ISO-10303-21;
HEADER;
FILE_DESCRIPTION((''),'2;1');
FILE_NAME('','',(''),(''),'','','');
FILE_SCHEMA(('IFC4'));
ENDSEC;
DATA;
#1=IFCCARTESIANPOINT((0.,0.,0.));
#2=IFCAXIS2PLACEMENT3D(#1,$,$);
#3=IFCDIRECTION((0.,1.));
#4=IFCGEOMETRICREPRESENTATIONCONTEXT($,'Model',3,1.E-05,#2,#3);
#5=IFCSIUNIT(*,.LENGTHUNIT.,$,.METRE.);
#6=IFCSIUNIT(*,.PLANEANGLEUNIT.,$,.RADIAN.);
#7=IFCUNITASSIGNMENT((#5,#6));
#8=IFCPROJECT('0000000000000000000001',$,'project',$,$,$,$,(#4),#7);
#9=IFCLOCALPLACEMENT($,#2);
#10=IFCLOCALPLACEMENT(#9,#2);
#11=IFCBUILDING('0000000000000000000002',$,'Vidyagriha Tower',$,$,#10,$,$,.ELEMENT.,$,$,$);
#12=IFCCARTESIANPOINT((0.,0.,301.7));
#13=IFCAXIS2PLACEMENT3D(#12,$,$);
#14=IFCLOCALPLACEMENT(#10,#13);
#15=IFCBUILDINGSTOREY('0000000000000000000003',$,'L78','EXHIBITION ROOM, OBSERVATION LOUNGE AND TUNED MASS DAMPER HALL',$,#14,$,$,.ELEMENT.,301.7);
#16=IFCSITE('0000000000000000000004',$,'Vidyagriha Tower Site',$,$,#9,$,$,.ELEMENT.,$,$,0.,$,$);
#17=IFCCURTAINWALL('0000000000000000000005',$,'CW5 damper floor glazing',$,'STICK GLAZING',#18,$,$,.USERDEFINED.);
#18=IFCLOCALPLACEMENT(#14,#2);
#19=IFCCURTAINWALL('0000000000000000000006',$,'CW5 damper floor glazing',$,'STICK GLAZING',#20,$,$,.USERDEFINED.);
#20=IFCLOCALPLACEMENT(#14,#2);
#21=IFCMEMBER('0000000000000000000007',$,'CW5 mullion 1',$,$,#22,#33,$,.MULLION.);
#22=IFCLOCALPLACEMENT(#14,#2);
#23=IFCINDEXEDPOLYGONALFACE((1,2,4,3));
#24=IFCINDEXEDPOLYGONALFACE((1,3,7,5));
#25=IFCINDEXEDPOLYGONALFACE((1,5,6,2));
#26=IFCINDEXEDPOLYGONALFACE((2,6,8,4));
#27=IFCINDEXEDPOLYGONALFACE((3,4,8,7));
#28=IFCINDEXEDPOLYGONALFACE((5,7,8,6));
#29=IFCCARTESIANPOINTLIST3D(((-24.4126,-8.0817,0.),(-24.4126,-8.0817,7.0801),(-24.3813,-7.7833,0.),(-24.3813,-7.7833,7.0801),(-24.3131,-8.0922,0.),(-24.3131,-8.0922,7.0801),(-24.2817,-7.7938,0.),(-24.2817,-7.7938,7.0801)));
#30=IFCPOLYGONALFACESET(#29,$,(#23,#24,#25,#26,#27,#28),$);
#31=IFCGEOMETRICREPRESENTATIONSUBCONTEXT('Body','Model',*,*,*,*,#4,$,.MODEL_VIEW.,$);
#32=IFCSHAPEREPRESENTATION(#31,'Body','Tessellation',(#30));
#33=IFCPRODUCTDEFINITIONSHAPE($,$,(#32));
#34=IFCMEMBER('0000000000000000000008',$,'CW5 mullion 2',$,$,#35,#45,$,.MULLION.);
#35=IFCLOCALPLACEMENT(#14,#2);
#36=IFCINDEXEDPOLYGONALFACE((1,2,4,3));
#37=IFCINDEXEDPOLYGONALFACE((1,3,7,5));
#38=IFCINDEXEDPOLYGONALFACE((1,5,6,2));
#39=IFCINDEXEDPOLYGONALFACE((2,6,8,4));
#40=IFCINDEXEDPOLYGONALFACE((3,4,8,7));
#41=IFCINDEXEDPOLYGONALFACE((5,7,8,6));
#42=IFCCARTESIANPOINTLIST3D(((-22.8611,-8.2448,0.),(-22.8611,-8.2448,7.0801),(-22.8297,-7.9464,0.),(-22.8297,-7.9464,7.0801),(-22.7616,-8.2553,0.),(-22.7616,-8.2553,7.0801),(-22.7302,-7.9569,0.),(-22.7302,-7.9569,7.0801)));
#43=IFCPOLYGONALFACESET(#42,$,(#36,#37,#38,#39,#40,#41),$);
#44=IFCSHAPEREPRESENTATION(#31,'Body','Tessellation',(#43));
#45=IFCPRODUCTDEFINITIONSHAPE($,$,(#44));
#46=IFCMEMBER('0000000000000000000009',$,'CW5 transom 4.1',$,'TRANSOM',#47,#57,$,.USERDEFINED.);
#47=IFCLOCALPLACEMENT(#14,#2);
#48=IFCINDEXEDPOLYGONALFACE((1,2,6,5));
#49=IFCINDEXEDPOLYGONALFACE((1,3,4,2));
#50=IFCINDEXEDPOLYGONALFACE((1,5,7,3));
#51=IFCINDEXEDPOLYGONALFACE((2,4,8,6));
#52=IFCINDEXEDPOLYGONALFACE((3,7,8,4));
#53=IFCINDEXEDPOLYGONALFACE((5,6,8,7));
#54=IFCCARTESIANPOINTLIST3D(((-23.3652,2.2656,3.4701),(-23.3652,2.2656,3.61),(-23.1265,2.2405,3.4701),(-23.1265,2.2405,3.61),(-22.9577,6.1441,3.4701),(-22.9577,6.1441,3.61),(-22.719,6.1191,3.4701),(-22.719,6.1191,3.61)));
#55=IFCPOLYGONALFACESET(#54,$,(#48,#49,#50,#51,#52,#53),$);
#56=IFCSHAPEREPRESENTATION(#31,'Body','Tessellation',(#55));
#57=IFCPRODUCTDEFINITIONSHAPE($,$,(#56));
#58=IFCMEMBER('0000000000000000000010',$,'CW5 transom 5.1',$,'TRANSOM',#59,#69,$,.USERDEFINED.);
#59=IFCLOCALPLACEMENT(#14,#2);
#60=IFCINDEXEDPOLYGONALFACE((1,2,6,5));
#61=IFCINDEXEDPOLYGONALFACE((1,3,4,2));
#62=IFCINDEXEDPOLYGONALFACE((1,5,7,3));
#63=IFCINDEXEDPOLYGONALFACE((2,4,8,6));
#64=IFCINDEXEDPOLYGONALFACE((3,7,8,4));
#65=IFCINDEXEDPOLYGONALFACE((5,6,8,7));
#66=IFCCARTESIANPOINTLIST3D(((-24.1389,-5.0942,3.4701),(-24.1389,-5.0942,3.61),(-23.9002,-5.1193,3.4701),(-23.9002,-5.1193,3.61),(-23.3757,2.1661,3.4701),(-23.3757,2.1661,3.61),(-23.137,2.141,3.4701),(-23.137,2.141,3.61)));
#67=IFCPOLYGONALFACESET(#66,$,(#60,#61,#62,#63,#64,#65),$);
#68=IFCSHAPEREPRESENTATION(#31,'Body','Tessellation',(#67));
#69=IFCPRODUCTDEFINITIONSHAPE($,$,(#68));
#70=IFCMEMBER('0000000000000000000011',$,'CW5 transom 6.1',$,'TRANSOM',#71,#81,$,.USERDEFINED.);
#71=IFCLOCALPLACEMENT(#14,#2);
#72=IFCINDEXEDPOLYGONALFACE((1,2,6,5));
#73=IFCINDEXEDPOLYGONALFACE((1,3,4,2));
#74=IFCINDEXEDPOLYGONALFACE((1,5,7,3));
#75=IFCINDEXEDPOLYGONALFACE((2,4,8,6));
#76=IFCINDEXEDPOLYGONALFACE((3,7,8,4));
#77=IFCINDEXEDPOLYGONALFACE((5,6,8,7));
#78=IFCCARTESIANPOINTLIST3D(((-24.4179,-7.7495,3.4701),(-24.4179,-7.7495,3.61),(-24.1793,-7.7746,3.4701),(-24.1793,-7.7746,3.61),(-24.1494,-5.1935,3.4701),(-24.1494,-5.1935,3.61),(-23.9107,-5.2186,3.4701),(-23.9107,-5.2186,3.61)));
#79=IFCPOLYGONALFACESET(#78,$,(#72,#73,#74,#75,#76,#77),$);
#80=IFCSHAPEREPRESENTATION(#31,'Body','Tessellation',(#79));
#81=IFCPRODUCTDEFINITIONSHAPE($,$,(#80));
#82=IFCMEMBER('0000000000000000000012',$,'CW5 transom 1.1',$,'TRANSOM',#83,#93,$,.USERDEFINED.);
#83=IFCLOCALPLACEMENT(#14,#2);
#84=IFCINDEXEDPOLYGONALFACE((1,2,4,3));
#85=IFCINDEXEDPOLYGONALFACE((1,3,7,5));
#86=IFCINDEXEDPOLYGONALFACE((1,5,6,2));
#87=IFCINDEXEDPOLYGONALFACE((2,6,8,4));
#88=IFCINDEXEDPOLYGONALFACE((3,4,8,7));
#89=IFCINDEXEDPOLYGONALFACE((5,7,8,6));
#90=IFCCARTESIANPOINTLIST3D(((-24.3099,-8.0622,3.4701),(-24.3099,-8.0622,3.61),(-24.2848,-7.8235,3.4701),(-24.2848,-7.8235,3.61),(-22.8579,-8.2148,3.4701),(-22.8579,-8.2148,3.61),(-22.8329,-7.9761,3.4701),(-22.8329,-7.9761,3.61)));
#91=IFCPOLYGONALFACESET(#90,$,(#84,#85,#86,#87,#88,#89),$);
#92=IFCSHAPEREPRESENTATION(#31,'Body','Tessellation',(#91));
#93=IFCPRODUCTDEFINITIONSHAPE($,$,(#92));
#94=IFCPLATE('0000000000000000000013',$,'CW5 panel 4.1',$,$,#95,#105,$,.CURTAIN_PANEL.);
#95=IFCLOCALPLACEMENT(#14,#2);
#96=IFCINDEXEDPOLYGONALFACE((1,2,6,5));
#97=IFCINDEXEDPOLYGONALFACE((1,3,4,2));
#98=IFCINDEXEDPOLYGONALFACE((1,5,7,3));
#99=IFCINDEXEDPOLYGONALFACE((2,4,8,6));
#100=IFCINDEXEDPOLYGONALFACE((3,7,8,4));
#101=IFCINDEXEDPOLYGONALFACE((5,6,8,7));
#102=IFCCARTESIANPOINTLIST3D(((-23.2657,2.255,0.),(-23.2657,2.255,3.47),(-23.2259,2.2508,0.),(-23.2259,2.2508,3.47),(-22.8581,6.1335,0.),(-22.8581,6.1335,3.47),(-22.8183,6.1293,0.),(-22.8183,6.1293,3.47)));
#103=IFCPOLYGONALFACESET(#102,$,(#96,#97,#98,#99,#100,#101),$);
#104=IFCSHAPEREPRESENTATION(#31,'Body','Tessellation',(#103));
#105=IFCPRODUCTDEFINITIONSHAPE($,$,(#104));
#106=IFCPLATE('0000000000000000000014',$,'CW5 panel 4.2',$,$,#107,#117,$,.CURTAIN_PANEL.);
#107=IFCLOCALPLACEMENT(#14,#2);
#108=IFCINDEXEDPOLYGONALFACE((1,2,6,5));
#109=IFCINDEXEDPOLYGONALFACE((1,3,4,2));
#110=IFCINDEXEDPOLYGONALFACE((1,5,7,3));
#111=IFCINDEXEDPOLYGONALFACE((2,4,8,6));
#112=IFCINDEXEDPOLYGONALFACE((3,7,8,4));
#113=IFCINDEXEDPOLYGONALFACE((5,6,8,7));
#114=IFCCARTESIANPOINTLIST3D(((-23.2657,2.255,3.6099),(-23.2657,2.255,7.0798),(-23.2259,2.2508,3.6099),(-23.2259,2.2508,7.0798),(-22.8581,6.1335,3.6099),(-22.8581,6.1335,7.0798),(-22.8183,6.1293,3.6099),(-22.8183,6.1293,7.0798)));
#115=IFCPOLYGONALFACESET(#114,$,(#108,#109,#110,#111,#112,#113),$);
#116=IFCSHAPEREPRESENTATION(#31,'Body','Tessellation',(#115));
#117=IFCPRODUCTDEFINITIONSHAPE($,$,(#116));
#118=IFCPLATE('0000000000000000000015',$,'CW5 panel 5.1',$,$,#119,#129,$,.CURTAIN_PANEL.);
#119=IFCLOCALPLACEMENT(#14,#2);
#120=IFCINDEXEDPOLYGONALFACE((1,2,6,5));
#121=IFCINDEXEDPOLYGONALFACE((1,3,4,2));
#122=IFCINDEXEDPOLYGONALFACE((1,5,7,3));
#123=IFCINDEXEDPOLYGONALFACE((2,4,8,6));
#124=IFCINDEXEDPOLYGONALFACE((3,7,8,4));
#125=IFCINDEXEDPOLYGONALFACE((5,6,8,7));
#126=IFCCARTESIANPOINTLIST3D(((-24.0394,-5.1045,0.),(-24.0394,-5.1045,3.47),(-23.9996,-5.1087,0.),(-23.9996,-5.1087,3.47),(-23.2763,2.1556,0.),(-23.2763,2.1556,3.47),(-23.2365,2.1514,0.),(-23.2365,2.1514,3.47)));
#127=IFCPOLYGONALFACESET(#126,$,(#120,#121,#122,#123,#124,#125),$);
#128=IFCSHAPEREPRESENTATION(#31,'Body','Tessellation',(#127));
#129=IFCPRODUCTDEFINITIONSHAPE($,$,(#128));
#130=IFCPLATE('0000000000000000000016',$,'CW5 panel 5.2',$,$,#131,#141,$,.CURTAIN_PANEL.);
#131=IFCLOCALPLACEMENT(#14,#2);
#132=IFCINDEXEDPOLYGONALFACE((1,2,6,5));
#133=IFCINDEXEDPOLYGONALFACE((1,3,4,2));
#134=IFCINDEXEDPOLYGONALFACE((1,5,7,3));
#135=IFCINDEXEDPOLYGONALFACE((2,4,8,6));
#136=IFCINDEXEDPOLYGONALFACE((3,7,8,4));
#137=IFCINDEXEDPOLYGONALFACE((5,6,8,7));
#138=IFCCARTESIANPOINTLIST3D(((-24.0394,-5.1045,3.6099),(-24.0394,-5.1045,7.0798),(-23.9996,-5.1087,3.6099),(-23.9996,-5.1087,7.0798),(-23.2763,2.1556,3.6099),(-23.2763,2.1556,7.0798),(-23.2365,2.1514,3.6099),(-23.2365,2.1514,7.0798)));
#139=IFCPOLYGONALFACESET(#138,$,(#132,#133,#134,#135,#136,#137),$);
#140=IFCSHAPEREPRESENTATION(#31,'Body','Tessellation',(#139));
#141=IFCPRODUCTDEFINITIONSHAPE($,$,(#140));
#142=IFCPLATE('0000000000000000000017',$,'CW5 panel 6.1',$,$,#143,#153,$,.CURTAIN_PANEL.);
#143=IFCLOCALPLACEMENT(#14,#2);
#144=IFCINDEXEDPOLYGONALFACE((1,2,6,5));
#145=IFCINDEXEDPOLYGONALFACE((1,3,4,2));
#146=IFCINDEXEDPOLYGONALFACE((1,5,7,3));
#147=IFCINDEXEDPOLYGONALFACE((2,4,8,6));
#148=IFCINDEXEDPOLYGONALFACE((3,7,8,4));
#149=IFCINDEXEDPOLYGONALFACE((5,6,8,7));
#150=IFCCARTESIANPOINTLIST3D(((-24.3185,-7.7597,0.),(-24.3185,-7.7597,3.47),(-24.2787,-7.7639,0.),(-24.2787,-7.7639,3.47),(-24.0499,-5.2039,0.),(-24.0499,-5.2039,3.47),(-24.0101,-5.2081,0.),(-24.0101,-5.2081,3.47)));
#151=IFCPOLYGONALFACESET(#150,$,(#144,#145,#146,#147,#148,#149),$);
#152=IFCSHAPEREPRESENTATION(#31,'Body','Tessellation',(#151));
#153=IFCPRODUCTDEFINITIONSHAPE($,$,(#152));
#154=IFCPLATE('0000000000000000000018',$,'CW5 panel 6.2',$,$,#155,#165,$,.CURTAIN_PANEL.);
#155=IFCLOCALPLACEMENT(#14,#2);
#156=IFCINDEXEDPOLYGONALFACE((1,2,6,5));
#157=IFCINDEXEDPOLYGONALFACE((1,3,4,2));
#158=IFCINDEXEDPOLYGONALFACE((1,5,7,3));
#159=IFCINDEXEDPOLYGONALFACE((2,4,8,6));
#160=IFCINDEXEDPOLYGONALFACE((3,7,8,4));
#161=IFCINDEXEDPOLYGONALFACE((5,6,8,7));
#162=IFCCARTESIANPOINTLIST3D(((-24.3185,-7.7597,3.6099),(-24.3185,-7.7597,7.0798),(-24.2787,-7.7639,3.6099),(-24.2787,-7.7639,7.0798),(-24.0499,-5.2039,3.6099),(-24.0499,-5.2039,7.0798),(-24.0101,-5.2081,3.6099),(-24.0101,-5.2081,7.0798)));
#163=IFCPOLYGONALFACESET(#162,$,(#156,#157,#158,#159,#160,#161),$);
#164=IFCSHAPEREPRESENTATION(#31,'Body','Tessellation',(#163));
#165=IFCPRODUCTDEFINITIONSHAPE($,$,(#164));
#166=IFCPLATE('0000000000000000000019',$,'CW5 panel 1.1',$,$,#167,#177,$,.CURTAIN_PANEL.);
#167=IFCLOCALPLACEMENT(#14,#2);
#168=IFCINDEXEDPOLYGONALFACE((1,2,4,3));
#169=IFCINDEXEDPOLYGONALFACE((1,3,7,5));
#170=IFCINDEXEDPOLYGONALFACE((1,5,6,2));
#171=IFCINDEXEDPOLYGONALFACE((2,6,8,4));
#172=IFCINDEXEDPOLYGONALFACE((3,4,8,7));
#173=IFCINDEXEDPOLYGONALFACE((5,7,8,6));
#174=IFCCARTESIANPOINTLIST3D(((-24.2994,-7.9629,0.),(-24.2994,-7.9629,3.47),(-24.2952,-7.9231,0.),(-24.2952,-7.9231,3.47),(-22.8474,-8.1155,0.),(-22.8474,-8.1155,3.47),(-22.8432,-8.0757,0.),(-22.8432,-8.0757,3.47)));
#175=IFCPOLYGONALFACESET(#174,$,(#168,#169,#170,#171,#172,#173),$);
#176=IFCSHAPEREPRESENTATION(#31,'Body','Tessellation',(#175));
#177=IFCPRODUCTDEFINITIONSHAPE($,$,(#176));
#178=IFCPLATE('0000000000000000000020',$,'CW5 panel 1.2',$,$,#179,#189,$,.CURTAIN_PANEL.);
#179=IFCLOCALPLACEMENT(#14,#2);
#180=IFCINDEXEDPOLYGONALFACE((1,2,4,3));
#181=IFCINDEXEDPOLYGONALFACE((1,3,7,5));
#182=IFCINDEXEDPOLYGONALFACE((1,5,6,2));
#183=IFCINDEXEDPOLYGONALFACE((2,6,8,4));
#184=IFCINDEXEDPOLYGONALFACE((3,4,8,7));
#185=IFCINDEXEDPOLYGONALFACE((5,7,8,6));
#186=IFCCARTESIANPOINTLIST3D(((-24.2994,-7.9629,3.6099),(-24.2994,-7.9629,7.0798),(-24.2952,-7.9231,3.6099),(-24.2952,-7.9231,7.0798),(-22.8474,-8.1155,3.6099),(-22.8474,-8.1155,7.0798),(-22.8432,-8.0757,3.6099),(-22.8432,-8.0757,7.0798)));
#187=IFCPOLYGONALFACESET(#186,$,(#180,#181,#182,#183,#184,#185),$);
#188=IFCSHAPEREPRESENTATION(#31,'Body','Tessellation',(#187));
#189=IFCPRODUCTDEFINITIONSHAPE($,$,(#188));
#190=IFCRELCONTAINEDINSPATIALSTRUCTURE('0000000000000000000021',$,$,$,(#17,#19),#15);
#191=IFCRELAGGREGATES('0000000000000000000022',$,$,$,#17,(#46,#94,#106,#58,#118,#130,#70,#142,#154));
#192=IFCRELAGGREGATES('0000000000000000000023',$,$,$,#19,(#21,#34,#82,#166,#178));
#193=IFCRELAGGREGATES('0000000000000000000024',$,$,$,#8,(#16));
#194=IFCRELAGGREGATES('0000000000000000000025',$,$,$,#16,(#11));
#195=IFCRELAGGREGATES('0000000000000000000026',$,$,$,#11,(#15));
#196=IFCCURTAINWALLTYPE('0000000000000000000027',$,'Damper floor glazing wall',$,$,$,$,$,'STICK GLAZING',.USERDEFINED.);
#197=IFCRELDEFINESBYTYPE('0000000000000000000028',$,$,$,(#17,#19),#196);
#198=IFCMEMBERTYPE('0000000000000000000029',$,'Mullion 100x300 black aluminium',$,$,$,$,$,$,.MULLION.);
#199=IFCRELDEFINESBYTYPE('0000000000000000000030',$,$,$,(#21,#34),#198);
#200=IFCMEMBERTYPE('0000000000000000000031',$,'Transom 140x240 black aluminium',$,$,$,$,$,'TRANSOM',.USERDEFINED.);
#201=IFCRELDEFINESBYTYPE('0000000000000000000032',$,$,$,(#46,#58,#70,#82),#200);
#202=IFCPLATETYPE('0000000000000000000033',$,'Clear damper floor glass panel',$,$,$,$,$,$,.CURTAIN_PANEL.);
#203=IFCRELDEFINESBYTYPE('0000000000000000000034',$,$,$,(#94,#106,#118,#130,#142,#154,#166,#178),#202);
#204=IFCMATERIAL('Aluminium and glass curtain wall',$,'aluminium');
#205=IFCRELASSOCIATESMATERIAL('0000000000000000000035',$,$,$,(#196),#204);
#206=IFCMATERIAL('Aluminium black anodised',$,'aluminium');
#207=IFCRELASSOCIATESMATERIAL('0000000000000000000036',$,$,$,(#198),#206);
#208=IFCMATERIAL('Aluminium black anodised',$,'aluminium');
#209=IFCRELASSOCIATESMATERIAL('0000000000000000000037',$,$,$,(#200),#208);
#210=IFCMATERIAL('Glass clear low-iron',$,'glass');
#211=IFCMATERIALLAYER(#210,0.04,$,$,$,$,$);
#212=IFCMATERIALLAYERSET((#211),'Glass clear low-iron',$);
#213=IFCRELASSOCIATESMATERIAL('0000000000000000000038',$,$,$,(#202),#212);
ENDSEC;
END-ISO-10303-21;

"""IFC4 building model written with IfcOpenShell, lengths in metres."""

from ifc_helpers import new_model, si_unit, direction, frame, origin, origin_2d, place, context, subcontext, project, spatial, rectangle, extrude, material, layer, layer_set, material_profile, profile_set, type_object, element, aggregate, save


model = new_model("IFC4")

# Units and contexts
model_context = context("Model", 3, precision=1e-05, world=origin(), true_north=direction((0.0, 1.0)))
body_context = subcontext(model_context, "Body", "Model", "MODEL_VIEW")
ifc_project = project(units=[si_unit("LENGTHUNIT", "METRE"), si_unit("PLANEANGLEUNIT", "RADIAN")], contexts=[model_context])

# Site, building, storey
site_placement = place(None, origin())
site = spatial("IfcSite", under=ifc_project, at=site_placement, Name="Vidyagriha Tower Site", CompositionType="ELEMENT", RefElevation=0.0)
building_placement = place(site_placement, origin())
building = spatial("IfcBuilding", under=site, at=building_placement, Name="Vidyagriha Tower", CompositionType="ELEMENT")
storey_placement = place(building_placement, frame((0.0, 0.0, 301.7)))
storey = spatial("IfcBuildingStorey", under=building, at=storey_placement, Name="L78", Description="EXHIBITION ROOM, OBSERVATION LOUNGE AND TUNED MASS DAMPER HALL", CompositionType="ELEMENT", Elevation=301.7)

# Curtain walls, members
ifc_material_1 = material(Name="Aluminium and glass curtain wall", Category="aluminium")
curtain_wall_type = type_object("IfcCurtainWallType", Name="Damper floor glazing wall", ElementType="STICK GLAZING", PredefinedType="USERDEFINED", material=ifc_material_1)
curtain_wall_1_placement = place(storey_placement, origin())
curtain_wall_1 = element("IfcCurtainWall", 1, at=curtain_wall_1_placement, inside=storey, type_object=curtain_wall_type, Name="CW5 damper floor glazing", ObjectType="STICK GLAZING", PredefinedType="USERDEFINED")
ifc_material_2 = material(Name="Aluminium black anodised", Category="aluminium")
ifc_material_profile_1 = material_profile(ifc_material_2, rectangle(XDim=0.3, YDim=0.1001, at=origin_2d()), Name="Mullion 100x300 black aluminium")
ifc_profile_set_1 = profile_set([ifc_material_profile_1], Name="Aluminium black anodised")
member_type_1 = type_object("IfcMemberType", Name="Mullion 100x300 black aluminium", PredefinedType="MULLION", material=ifc_profile_set_1)
curtain_wall_2_placement = place(storey_placement, origin())
curtain_wall_2 = element("IfcCurtainWall", 2, at=curtain_wall_2_placement, inside=storey, type_object=curtain_wall_type, Name="CW5 damper floor glazing", ObjectType="STICK GLAZING", PredefinedType="USERDEFINED")
member_1_placement = place(storey_placement, frame((-24.3472, -7.9377, 0.0), z_axis=(0.0, 0.0, 1.0), x_axis=(0.104519, 0.994523, 0.0)))
member_1 = element("IfcMember", 3, at=member_1_placement, type_object=member_type_1, Name="CW5 mullion 1", PredefinedType="MULLION", context=body_context, shape_type="SweptSolid", body=[
    extrude(rectangle(XDim=0.3, YDim=0.1001, at=origin_2d()), origin(), (0.0, 0.0, 1.0), 7.0801),
])
member_2_placement = place(storey_placement, frame((-22.7957, -8.1008, 0.0), z_axis=(0.0, 0.0, 1.0), x_axis=(0.104519, 0.994523, 0.0)))
member_2 = element("IfcMember", 4, at=member_2_placement, type_object=member_type_1, Name="CW5 mullion 2", PredefinedType="MULLION", context=body_context, shape_type="SweptSolid", body=[
    extrude(rectangle(XDim=0.3, YDim=0.1001, at=origin_2d()), origin(), (0.0, 0.0, 1.0), 7.0801),
])

# Members
ifc_material_3 = material(Name="Aluminium black anodised", Category="aluminium")
ifc_material_profile_2 = material_profile(ifc_material_3, rectangle(XDim=0.24, YDim=0.1399, at=origin_2d()), Name="Transom 140x240 black aluminium")
ifc_profile_set_2 = profile_set([ifc_material_profile_2], Name="Aluminium black anodised")
member_type_2 = type_object("IfcMemberType", Name="Transom 140x240 black aluminium", ElementType="TRANSOM", PredefinedType="USERDEFINED", material=ifc_profile_set_2)
member_3_placement = place(storey_placement, frame((-22.8384, 6.1316, 3.54), z_axis=(-0.104479, -0.994527, 0.0), x_axis=(0.994527, -0.104479, 0.0)))
member_3 = element("IfcMember", 5, at=member_3_placement, type_object=member_type_2, Name="CW5 transom 4.1", ObjectType="TRANSOM", PredefinedType="USERDEFINED", context=body_context, shape_type="SweptSolid", body=[
    extrude(rectangle(XDim=0.24, YDim=0.1399, at=origin_2d()), origin(), (0.0, 0.0, 1.0), 3.8999),
])
member_4_placement = place(storey_placement, frame((-23.2563, 2.1536, 3.54), z_axis=(-0.104542, -0.99452, 0.0), x_axis=(0.99452, -0.104542, 0.0)))
member_4 = element("IfcMember", 6, at=member_4_placement, type_object=member_type_2, Name="CW5 transom 5.1", ObjectType="TRANSOM", PredefinedType="USERDEFINED", context=body_context, shape_type="SweptSolid", body=[
    extrude(rectangle(XDim=0.24, YDim=0.1399, at=origin_2d()), origin(), (0.0, 0.0, 1.0), 7.3003),
])
member_5_placement = place(storey_placement, frame((-24.03, -5.2061, 3.54), z_axis=(-0.104497, -0.994525, 0.0), x_axis=(0.994525, -0.104497, 0.0)))
member_5 = element("IfcMember", 7, at=member_5_placement, type_object=member_type_2, Name="CW5 transom 6.1", ObjectType="TRANSOM", PredefinedType="USERDEFINED", context=body_context, shape_type="SweptSolid", body=[
    extrude(rectangle(XDim=0.24, YDim=0.1399, at=origin_2d()), origin(), (0.0, 0.0, 1.0), 2.5701),
])
member_6_placement = place(storey_placement, frame((-24.2974, -7.9429, 3.54), z_axis=(0.994523, -0.104519, 0.0), x_axis=(0.104519, 0.994523, 0.0)))
member_6 = element("IfcMember", 8, at=member_6_placement, type_object=member_type_2, Name="CW5 transom 1.1", ObjectType="TRANSOM", PredefinedType="USERDEFINED", context=body_context, shape_type="SweptSolid", body=[
    extrude(rectangle(XDim=0.24, YDim=0.1399, at=origin_2d()), origin(), (0.0, 0.0, 1.0), 1.46),
])

# Plates
ifc_material_4 = material(Name="Glass clear low-iron", Category="glass")
ifc_layer = layer(ifc_material_4, 0.04)
ifc_layer_set = layer_set([ifc_layer], Name="Glass clear low-iron")
plate_type = type_object("IfcPlateType", Name="Clear damper floor glass panel", PredefinedType="CURTAIN_PANEL", material=ifc_layer_set)
plate_1_placement = place(storey_placement, frame((-23.042, 4.1921, 0.0), z_axis=(0.0, 0.0, 1.0), x_axis=(-0.104527, -0.994522, 0.0)))
plate_1 = element("IfcPlate", 9, at=plate_1_placement, type_object=plate_type, Name="CW5 panel 4.1", PredefinedType="CURTAIN_PANEL", context=body_context, shape_type="SweptSolid", body=[
    extrude(rectangle(XDim=3.8999, YDim=0.04, at=origin_2d()), origin(), (0.0, 0.0, 1.0), 3.47),
])
plate_2_placement = place(storey_placement, frame((-23.042, 4.1921, 3.6099), z_axis=(0.0, 0.0, 1.0), x_axis=(-0.104527, -0.994522, 0.0)))
plate_2 = element("IfcPlate", 10, at=plate_2_placement, type_object=plate_type, Name="CW5 panel 4.2", PredefinedType="CURTAIN_PANEL", context=body_context, shape_type="SweptSolid", body=[
    extrude(rectangle(XDim=3.8999, YDim=0.04, at=origin_2d()), origin(), (0.0, 0.0, 1.0), 3.47),
])
plate_3_placement = place(storey_placement, frame((-23.6379, -1.4766, 0.0), z_axis=(0.0, 0.0, 1.0), x_axis=(-0.104527, -0.994522, 0.0)))
plate_3 = element("IfcPlate", 11, at=plate_3_placement, type_object=plate_type, Name="CW5 panel 5.1", PredefinedType="CURTAIN_PANEL", context=body_context, shape_type="SweptSolid", body=[
    extrude(rectangle(XDim=7.3, YDim=0.04, at=origin_2d()), origin(), (0.0, 0.0, 1.0), 3.47),
])
plate_4_placement = place(storey_placement, frame((-23.6379, -1.4766, 3.6099), z_axis=(0.0, 0.0, 1.0), x_axis=(-0.104527, -0.994522, 0.0)))
plate_4 = element("IfcPlate", 12, at=plate_4_placement, type_object=plate_type, Name="CW5 panel 5.2", PredefinedType="CURTAIN_PANEL", context=body_context, shape_type="SweptSolid", body=[
    extrude(rectangle(XDim=7.3, YDim=0.04, at=origin_2d()), origin(), (0.0, 0.0, 1.0), 3.47),
])
plate_5_placement = place(storey_placement, frame((-24.1643, -6.4839, 0.0), z_axis=(0.0, 0.0, 1.0), x_axis=(-0.104527, -0.994522, 0.0)))
plate_5 = element("IfcPlate", 13, at=plate_5_placement, type_object=plate_type, Name="CW5 panel 6.1", PredefinedType="CURTAIN_PANEL", context=body_context, shape_type="SweptSolid", body=[
    extrude(rectangle(XDim=2.5698, YDim=0.04, at=origin_2d()), origin(), (0.0, 0.0, 1.0), 3.47),
])
plate_6_placement = place(storey_placement, frame((-24.1643, -6.4839, 3.6099), z_axis=(0.0, 0.0, 1.0), x_axis=(-0.104527, -0.994522, 0.0)))
plate_6 = element("IfcPlate", 14, at=plate_6_placement, type_object=plate_type, Name="CW5 panel 6.2", PredefinedType="CURTAIN_PANEL", context=body_context, shape_type="SweptSolid", body=[
    extrude(rectangle(XDim=2.5698, YDim=0.04, at=origin_2d()), origin(), (0.0, 0.0, 1.0), 3.47),
])
aggregate(curtain_wall_1, [member_3, plate_1, plate_2, member_4, plate_3, plate_4, member_5, plate_5, plate_6])
plate_7_placement = place(storey_placement, frame((-23.5713, -8.0193, 0.0), z_axis=(0.0, 0.0, 1.0), x_axis=(0.994523, -0.104519, 0.0)))
plate_7 = element("IfcPlate", 15, at=plate_7_placement, type_object=plate_type, Name="CW5 panel 1.1", PredefinedType="CURTAIN_PANEL", context=body_context, shape_type="SweptSolid", body=[
    extrude(rectangle(XDim=1.46, YDim=0.04, at=origin_2d()), origin(), (0.0, 0.0, 1.0), 3.47),
])
plate_8_placement = place(storey_placement, frame((-23.5713, -8.0193, 3.6099), z_axis=(0.0, 0.0, 1.0), x_axis=(0.994523, -0.104519, 0.0)))
plate_8 = element("IfcPlate", 16, at=plate_8_placement, type_object=plate_type, Name="CW5 panel 1.2", PredefinedType="CURTAIN_PANEL", context=body_context, shape_type="SweptSolid", body=[
    extrude(rectangle(XDim=1.46, YDim=0.04, at=origin_2d()), origin(), (0.0, 0.0, 1.0), 3.47),
])
aggregate(curtain_wall_2, [member_1, member_2, member_6, plate_7, plate_8])

save(model, "model.ifc")
